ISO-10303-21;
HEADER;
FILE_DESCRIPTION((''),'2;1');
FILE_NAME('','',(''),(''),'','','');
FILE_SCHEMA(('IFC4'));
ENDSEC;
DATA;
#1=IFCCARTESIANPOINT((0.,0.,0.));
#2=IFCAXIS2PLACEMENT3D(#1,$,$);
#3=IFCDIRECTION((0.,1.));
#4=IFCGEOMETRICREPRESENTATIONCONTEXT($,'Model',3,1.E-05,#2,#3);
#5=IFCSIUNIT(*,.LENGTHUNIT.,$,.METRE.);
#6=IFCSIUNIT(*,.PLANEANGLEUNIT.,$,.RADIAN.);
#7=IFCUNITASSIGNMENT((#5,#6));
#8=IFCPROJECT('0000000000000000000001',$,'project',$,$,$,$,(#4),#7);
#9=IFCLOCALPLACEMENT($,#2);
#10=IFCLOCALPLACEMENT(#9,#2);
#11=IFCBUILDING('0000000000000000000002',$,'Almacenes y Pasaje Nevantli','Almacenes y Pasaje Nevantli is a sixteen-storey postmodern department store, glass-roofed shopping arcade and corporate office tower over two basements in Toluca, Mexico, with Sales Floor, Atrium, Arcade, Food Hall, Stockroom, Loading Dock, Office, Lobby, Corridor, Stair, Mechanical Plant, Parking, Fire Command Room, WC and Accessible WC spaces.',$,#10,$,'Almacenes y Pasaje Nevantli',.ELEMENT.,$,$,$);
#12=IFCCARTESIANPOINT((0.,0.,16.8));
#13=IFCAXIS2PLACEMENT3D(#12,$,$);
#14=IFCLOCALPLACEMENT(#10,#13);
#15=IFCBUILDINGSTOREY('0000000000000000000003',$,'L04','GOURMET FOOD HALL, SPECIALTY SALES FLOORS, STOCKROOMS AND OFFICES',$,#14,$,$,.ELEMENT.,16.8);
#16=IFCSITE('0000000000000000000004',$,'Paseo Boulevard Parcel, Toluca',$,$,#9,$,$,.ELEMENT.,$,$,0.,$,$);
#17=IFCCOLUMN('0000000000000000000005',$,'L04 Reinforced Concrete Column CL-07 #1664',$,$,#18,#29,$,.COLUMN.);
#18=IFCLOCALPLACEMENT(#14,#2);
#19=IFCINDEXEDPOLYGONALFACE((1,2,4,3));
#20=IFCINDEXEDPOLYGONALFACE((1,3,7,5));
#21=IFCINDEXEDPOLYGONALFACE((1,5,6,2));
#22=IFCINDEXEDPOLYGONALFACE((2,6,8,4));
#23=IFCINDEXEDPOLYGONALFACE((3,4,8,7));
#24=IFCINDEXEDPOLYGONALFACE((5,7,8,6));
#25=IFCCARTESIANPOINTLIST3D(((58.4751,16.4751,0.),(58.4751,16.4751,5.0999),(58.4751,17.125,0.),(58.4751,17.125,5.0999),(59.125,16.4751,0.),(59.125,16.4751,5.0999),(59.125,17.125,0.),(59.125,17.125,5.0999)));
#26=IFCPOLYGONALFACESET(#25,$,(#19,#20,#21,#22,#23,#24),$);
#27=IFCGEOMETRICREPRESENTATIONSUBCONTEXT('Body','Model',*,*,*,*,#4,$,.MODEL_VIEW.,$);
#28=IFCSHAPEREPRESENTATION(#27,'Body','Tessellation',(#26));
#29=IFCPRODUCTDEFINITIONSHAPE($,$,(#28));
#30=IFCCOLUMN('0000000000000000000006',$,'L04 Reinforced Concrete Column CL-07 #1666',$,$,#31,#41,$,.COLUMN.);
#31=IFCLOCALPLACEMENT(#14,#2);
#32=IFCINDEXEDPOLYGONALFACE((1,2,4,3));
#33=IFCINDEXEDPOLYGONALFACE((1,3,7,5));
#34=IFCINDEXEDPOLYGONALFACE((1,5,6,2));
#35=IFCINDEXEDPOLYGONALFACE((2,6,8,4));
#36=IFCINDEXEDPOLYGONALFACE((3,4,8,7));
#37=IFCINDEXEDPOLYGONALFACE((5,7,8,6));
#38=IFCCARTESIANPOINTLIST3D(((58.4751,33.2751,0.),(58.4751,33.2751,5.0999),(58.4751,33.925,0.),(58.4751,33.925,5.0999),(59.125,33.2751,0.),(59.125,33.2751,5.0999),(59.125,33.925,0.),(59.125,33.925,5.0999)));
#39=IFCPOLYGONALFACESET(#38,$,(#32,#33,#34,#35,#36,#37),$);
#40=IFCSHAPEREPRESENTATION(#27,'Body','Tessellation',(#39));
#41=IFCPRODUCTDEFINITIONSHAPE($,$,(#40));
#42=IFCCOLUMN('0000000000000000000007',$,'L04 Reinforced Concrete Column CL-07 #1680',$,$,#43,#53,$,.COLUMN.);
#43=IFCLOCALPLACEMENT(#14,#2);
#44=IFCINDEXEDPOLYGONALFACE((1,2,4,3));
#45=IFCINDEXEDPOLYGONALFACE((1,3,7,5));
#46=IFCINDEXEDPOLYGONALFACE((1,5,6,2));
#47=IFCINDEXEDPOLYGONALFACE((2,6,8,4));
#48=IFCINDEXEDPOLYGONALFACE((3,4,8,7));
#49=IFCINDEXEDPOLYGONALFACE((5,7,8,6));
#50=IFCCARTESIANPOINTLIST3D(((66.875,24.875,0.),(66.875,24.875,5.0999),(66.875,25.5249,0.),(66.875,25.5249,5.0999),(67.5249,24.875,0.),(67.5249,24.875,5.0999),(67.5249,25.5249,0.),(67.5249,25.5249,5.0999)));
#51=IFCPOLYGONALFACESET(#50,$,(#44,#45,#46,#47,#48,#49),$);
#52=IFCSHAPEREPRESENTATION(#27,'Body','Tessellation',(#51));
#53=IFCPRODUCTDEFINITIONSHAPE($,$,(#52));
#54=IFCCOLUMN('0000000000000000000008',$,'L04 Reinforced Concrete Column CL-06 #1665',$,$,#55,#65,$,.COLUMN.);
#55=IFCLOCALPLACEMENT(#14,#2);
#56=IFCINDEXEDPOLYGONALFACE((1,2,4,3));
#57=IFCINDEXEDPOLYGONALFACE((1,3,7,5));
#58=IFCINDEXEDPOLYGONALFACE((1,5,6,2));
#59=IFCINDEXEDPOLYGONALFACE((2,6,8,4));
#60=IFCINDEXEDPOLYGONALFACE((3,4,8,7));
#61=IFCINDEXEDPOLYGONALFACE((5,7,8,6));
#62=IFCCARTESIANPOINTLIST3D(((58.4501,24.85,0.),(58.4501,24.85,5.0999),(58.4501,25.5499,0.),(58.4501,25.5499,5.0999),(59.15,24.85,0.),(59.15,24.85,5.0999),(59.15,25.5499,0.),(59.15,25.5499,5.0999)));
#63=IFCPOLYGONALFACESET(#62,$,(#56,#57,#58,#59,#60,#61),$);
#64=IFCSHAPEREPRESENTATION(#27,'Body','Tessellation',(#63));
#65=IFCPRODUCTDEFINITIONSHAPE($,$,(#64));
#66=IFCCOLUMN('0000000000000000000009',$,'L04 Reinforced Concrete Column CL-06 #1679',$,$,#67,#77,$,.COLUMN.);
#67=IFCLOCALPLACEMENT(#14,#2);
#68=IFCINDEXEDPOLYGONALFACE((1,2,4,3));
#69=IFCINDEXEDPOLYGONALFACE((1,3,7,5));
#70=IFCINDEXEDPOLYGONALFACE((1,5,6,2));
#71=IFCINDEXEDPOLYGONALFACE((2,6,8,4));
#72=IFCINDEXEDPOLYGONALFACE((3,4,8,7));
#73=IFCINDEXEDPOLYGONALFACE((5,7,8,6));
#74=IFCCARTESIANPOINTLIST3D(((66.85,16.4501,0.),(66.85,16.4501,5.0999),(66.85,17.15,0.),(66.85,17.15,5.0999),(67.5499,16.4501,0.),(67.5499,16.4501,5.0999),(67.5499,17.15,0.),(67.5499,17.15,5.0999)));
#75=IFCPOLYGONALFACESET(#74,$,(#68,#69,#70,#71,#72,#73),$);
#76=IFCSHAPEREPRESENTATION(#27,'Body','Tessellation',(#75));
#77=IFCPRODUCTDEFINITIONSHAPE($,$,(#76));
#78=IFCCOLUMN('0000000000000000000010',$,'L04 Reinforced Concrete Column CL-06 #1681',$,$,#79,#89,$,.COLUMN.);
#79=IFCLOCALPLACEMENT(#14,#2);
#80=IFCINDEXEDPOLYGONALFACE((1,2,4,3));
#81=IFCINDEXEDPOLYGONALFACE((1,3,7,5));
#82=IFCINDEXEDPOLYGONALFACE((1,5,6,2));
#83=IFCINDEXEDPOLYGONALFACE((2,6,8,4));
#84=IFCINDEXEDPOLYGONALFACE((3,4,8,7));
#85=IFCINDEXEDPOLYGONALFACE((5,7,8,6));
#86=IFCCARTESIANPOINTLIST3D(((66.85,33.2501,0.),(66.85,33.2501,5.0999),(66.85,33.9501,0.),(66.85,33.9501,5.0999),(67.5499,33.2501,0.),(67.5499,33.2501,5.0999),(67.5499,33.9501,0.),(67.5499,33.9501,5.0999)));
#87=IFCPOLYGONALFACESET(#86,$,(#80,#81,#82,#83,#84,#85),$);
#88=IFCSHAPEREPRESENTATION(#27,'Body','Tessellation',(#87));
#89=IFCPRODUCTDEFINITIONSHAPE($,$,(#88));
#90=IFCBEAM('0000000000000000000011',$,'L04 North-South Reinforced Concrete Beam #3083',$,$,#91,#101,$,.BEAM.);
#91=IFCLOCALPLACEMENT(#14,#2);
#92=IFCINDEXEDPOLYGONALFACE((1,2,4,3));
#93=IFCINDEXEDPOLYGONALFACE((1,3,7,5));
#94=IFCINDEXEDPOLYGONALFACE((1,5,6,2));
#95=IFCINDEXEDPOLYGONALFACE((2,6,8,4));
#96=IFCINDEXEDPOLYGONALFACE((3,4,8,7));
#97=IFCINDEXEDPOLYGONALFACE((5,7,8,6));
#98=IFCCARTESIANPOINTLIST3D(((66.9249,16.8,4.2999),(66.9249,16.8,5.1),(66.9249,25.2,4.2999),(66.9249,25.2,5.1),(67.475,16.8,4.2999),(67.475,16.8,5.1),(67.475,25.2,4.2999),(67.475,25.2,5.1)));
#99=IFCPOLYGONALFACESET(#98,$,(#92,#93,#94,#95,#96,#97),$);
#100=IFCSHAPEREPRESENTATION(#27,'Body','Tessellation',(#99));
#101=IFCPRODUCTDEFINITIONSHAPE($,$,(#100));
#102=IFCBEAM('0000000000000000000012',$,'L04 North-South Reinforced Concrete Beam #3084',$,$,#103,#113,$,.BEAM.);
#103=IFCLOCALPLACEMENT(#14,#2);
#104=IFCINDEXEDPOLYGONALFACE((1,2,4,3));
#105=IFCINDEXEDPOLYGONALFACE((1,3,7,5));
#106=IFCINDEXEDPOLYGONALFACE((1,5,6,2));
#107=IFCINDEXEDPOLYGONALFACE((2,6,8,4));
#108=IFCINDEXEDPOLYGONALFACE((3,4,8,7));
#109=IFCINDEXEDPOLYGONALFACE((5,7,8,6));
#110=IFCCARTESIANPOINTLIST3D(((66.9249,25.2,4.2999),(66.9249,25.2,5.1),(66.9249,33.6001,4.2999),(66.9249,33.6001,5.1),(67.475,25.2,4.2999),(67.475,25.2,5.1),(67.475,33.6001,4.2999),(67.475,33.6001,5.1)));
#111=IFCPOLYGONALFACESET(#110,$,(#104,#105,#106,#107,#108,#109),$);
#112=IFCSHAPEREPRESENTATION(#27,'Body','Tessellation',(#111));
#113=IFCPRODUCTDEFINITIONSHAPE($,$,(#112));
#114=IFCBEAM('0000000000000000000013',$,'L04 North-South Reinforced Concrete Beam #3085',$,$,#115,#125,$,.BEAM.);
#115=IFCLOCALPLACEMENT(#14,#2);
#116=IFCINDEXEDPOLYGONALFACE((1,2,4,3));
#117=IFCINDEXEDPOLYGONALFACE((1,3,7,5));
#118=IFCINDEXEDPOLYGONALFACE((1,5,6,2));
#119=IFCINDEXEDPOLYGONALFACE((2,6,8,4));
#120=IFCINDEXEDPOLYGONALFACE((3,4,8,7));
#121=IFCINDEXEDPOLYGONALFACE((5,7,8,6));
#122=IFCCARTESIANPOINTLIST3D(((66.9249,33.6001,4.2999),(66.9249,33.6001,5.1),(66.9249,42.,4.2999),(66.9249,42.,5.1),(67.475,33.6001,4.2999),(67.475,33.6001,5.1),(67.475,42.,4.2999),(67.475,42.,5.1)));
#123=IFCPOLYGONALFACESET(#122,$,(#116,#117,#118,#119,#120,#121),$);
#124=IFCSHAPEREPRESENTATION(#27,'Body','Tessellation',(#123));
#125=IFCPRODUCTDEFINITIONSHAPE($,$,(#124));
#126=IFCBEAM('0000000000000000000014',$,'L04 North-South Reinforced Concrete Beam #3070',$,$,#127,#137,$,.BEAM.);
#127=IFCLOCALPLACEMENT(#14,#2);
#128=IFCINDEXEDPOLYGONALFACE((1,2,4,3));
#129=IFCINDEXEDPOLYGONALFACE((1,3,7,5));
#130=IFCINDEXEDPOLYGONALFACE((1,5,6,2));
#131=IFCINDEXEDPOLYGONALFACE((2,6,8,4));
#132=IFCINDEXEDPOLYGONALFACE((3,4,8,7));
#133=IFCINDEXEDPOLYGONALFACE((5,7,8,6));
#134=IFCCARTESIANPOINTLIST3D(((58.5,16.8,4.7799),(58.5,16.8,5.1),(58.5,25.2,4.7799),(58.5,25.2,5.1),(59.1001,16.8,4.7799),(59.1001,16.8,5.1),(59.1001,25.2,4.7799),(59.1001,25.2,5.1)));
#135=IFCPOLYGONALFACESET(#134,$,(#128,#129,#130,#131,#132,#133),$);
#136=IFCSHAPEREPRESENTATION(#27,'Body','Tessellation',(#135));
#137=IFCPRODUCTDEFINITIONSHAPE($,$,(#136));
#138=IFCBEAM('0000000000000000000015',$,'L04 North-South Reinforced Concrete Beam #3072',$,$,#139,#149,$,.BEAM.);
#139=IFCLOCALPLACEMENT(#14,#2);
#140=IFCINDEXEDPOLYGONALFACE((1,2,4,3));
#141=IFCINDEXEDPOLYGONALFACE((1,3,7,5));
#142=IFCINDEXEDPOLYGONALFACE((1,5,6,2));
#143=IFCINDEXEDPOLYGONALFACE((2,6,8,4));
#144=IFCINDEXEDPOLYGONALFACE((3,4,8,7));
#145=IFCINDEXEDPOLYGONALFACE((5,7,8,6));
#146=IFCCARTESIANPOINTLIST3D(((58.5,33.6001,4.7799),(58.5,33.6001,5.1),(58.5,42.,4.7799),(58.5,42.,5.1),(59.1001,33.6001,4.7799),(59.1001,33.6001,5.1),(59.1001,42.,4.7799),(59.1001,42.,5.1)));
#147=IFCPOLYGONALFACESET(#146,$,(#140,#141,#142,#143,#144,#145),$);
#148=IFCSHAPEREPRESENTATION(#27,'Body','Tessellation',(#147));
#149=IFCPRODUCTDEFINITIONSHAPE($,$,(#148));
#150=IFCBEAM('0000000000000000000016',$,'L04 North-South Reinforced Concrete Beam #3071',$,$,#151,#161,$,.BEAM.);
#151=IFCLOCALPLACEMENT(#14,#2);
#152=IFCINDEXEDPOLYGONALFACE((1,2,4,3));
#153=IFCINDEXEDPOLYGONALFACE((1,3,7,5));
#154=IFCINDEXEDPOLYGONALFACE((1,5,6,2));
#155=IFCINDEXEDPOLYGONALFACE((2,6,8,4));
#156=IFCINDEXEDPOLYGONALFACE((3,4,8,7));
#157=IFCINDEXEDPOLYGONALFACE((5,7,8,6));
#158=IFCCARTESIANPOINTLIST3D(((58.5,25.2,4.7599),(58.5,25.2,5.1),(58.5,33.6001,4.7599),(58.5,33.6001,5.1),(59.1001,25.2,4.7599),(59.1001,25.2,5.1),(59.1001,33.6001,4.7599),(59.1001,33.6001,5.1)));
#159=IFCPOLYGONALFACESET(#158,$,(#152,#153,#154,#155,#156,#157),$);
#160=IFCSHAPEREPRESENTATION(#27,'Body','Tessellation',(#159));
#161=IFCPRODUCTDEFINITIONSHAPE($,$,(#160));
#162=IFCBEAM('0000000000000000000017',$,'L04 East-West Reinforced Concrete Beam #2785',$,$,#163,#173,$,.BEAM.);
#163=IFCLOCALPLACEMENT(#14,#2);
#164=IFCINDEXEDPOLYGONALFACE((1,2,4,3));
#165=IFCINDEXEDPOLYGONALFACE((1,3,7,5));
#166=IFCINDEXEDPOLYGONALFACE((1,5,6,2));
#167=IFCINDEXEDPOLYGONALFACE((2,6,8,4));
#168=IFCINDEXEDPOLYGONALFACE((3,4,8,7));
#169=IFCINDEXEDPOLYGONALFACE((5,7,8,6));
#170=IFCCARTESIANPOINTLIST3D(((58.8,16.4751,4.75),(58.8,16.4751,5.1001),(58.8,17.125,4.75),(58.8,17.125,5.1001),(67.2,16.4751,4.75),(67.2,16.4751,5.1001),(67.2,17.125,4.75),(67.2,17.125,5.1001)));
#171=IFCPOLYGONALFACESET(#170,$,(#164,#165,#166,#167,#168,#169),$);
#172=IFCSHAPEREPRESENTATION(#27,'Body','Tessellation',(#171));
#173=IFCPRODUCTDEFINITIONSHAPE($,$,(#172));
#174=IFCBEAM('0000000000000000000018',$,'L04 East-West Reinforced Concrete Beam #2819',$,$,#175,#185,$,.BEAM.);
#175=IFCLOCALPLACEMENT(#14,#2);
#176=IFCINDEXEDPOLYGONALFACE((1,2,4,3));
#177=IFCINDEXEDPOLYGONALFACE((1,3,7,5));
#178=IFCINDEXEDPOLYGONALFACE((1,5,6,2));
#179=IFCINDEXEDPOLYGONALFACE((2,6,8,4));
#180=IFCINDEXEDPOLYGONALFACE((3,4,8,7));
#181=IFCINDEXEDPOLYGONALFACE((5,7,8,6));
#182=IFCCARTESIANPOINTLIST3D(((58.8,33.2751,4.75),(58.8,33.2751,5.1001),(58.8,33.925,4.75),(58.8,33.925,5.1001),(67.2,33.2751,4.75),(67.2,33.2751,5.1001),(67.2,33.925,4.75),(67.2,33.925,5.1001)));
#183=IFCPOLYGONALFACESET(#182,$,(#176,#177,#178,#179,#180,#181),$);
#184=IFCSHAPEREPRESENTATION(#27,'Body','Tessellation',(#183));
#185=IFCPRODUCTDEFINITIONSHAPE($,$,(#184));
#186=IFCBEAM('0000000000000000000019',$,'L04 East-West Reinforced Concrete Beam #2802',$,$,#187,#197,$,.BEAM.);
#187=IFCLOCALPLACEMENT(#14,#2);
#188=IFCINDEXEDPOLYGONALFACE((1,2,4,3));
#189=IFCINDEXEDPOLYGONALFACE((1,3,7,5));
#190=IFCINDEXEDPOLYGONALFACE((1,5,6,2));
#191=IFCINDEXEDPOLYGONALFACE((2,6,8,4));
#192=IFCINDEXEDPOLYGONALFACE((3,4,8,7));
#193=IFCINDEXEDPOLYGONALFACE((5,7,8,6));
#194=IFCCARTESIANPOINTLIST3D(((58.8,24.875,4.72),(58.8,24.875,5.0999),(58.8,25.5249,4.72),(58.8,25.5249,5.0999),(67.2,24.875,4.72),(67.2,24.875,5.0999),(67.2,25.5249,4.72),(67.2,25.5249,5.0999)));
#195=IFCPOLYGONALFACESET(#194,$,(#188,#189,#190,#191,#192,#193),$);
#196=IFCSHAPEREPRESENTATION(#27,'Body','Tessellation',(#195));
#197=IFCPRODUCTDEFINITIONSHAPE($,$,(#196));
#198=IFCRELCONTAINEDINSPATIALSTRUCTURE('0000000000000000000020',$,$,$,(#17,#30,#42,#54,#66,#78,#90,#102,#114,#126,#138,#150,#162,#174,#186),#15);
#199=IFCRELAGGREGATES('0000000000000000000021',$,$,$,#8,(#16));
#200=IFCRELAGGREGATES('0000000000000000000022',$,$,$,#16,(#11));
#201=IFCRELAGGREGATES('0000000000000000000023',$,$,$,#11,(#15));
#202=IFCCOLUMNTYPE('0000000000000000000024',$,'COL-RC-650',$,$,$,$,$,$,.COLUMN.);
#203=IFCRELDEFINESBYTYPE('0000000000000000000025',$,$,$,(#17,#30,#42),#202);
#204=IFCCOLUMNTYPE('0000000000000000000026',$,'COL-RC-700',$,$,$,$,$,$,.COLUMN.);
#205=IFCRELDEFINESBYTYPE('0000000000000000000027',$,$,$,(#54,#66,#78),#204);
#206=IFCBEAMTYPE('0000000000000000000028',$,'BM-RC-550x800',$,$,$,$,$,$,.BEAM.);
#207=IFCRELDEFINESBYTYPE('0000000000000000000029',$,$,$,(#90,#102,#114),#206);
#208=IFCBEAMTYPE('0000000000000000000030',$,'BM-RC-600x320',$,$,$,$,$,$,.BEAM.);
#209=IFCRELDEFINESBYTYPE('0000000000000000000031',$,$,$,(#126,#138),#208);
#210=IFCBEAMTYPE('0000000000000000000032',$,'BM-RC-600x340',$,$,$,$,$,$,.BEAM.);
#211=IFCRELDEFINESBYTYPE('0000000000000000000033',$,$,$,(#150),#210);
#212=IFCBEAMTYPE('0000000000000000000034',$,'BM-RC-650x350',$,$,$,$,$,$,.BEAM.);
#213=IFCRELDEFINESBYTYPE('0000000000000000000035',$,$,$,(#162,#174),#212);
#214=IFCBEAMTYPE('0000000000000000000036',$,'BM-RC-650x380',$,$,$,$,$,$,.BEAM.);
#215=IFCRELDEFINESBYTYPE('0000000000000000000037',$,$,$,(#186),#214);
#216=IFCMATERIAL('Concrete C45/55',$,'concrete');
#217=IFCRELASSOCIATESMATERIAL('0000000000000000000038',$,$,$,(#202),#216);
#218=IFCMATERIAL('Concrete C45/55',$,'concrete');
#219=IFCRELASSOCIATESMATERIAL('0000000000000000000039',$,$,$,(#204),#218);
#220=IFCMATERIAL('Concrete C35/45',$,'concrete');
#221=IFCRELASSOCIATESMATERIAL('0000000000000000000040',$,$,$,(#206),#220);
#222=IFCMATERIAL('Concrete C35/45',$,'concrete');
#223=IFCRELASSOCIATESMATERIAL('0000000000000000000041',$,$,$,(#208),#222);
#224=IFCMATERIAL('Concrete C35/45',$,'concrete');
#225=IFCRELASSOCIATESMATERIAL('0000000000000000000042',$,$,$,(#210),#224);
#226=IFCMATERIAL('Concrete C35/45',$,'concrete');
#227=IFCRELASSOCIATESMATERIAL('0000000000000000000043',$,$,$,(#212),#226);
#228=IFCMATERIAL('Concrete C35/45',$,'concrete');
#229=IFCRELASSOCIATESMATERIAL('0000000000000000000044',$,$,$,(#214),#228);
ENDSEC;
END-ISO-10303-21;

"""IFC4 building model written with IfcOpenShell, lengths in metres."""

from ifc_helpers import new_model, si_unit, direction, frame, origin, origin_2d, place, context, subcontext, project, spatial, rectangle, extrude, material, material_profile, profile_set, type_object, element, save


model = new_model("IFC4")

# Units and contexts
model_context = context("Model", 3, precision=1e-05, world=origin(), true_north=direction((0.0, 1.0)))
body_context = subcontext(model_context, "Body", "Model", "MODEL_VIEW")
ifc_project = project(units=[si_unit("LENGTHUNIT", "METRE"), si_unit("PLANEANGLEUNIT", "RADIAN")], contexts=[model_context])

# Site, building, storey
site_placement = place(None, origin())
site = spatial("IfcSite", under=ifc_project, at=site_placement, Name="Paseo Boulevard Parcel, Toluca", CompositionType="ELEMENT", RefElevation=0.0)
building_placement = place(site_placement, origin())
building = spatial("IfcBuilding", under=site, at=building_placement, Name="Almacenes y Pasaje Nevantli", Description="Almacenes y Pasaje Nevantli is a sixteen-storey postmodern department store, glass-roofed shopping arcade and corporate office tower over two basements in Toluca, Mexico, with Sales Floor, Atrium, Arcade, Food Hall, Stockroom, Loading Dock, Office, Lobby, Corridor, Stair, Mechanical Plant, Parking, Fire Command Room, WC and Accessible WC spaces.", LongName="Almacenes y Pasaje Nevantli", CompositionType="ELEMENT")
storey_placement = place(building_placement, frame((0.0, 0.0, 16.8)))
storey = spatial("IfcBuildingStorey", under=building, at=storey_placement, Name="L04", Description="GOURMET FOOD HALL, SPECIALTY SALES FLOORS, STOCKROOMS AND OFFICES", CompositionType="ELEMENT", Elevation=16.8)

# Columns
ifc_material_1 = material(Name="Concrete C45/55", Category="concrete")
ifc_material_profile_1 = material_profile(ifc_material_1, rectangle(XDim=0.6499, YDim=0.6499, at=origin_2d()), Name="RC-COL-650x650")
ifc_profile_set_1 = profile_set([ifc_material_profile_1], Name="Concrete C45/55")
column_type_1 = type_object("IfcColumnType", Name="COL-RC-650", PredefinedType="COLUMN", material=ifc_profile_set_1)
for number, where, z_axis, x_axis, name in (
    (1, (58.8, 16.8, 0.0), (0.0, 0.0, 1.0), (1.0, 0.0, 0.0), "L04 Reinforced Concrete Column CL-07 #1664"),
    (2, (58.8, 33.6001, 0.0), (0.0, 0.0, 1.0), (1.0, 0.0, 0.0), "L04 Reinforced Concrete Column CL-07 #1666"),
    (3, (67.2, 25.2, 0.0), (0.0, 0.0, 1.0), (1.0, 0.0, 0.0), "L04 Reinforced Concrete Column CL-07 #1680"),
):
    element("IfcColumn", number, at=place(storey_placement, frame(where, z_axis=z_axis, x_axis=x_axis)), inside=storey, type_object=column_type_1, Name=name, PredefinedType="COLUMN", context=body_context, shape_type="SweptSolid", body=[
        extrude(rectangle(XDim=0.6499, YDim=0.6499, at=origin_2d()), origin(), (0.0, 0.0, 1.0), 5.0999),
    ])
ifc_material_2 = material(Name="Concrete C45/55", Category="concrete")
ifc_material_profile_2 = material_profile(ifc_material_2, rectangle(XDim=0.7, YDim=0.7, at=origin_2d()), Name="RC-COL-700x700")
ifc_profile_set_2 = profile_set([ifc_material_profile_2], Name="Concrete C45/55")
column_type_2 = type_object("IfcColumnType", Name="COL-RC-700", PredefinedType="COLUMN", material=ifc_profile_set_2)
for number, where, z_axis, x_axis, name in (
    (4, (58.8, 25.2, 0.0), (0.0, 0.0, 1.0), (1.0, 0.0, 0.0), "L04 Reinforced Concrete Column CL-06 #1665"),
    (5, (67.2, 16.8, 0.0), (0.0, 0.0, 1.0), (1.0, 0.0, 0.0), "L04 Reinforced Concrete Column CL-06 #1679"),
    (6, (67.2, 33.6001, 0.0), (0.0, 0.0, 1.0), (1.0, 0.0, 0.0), "L04 Reinforced Concrete Column CL-06 #1681"),
):
    element("IfcColumn", number, at=place(storey_placement, frame(where, z_axis=z_axis, x_axis=x_axis)), inside=storey, type_object=column_type_2, Name=name, PredefinedType="COLUMN", context=body_context, shape_type="SweptSolid", body=[
        extrude(rectangle(XDim=0.7, YDim=0.7, at=origin_2d()), origin(), (0.0, 0.0, 1.0), 5.0999),
    ])

# Beams
ifc_material_3 = material(Name="Concrete C35/45", Category="concrete")
ifc_material_profile_3 = material_profile(ifc_material_3, rectangle(XDim=0.55, YDim=0.8, at=origin_2d()), Name="RC-BM-550x800")
ifc_profile_set_3 = profile_set([ifc_material_profile_3], Name="Concrete C35/45")
beam_type_1 = type_object("IfcBeamType", Name="BM-RC-550x800", PredefinedType="BEAM", material=ifc_profile_set_3)
beam_1_placement = place(storey_placement, frame((67.2, 16.8, 4.7), z_axis=(0.0, 1.0, 0.0), x_axis=(-1.0, 0.0, 0.0)))
element("IfcBeam", 7, at=beam_1_placement, inside=storey, type_object=beam_type_1, Name="L04 North-South Reinforced Concrete Beam #3083", PredefinedType="BEAM", context=body_context, shape_type="SweptSolid", body=[
    extrude(rectangle(XDim=0.55, YDim=0.8, at=origin_2d()), origin(), (0.0, 0.0, 1.0), 8.3999),
])
beam_2_placement = place(storey_placement, frame((67.2, 25.2, 4.7), z_axis=(0.0, 1.0, 0.0), x_axis=(-1.0, 0.0, 0.0)))
element("IfcBeam", 8, at=beam_2_placement, inside=storey, type_object=beam_type_1, Name="L04 North-South Reinforced Concrete Beam #3084", PredefinedType="BEAM", context=body_context, shape_type="SweptSolid", body=[
    extrude(rectangle(XDim=0.55, YDim=0.8, at=origin_2d()), origin(), (0.0, 0.0, 1.0), 8.4001),
])
beam_3_placement = place(storey_placement, frame((67.2, 33.6001, 4.7), z_axis=(0.0, 1.0, 0.0), x_axis=(-1.0, 0.0, 0.0)))
element("IfcBeam", 9, at=beam_3_placement, inside=storey, type_object=beam_type_1, Name="L04 North-South Reinforced Concrete Beam #3085", PredefinedType="BEAM", context=body_context, shape_type="SweptSolid", body=[
    extrude(rectangle(XDim=0.55, YDim=0.8, at=origin_2d()), origin(), (0.0, 0.0, 1.0), 8.3999),
])
ifc_material_4 = material(Name="Concrete C35/45", Category="concrete")
ifc_material_profile_4 = material_profile(ifc_material_4, rectangle(XDim=0.6001, YDim=0.3201, at=origin_2d()), Name="RC-BM-600x320")
ifc_profile_set_4 = profile_set([ifc_material_profile_4], Name="Concrete C35/45")
beam_type_2 = type_object("IfcBeamType", Name="BM-RC-600x320", PredefinedType="BEAM", material=ifc_profile_set_4)
for number, where, z_axis, x_axis, name in (
    (10, (58.8, 16.8, 4.9399), (0.0, 1.0, 0.0), (-1.0, 0.0, 0.0), "L04 North-South Reinforced Concrete Beam #3070"),
    (11, (58.8, 33.6001, 4.9399), (0.0, 1.0, 0.0), (-1.0, 0.0, 0.0), "L04 North-South Reinforced Concrete Beam #3072"),
):
    element("IfcBeam", number, at=place(storey_placement, frame(where, z_axis=z_axis, x_axis=x_axis)), inside=storey, type_object=beam_type_2, Name=name, PredefinedType="BEAM", context=body_context, shape_type="SweptSolid", body=[
        extrude(rectangle(XDim=0.6001, YDim=0.3201, at=origin_2d()), origin(), (0.0, 0.0, 1.0), 8.3999),
    ])
ifc_material_5 = material(Name="Concrete C35/45", Category="concrete")
ifc_material_profile_5 = material_profile(ifc_material_5, rectangle(XDim=0.6001, YDim=0.3401, at=origin_2d()), Name="RC-BM-600x340")
ifc_profile_set_5 = profile_set([ifc_material_profile_5], Name="Concrete C35/45")
beam_type_3 = type_object("IfcBeamType", Name="BM-RC-600x340", PredefinedType="BEAM", material=ifc_profile_set_5)
beam_4_placement = place(storey_placement, frame((58.8, 25.2, 4.9299), z_axis=(0.0, 1.0, 0.0), x_axis=(-1.0, 0.0, 0.0)))
element("IfcBeam", 12, at=beam_4_placement, inside=storey, type_object=beam_type_3, Name="L04 North-South Reinforced Concrete Beam #3071", PredefinedType="BEAM", context=body_context, shape_type="SweptSolid", body=[
    extrude(rectangle(XDim=0.6001, YDim=0.3401, at=origin_2d()), origin(), (0.0, 0.0, 1.0), 8.4001),
])
ifc_material_6 = material(Name="Concrete C35/45", Category="concrete")
ifc_material_profile_6 = material_profile(ifc_material_6, rectangle(XDim=0.6499, YDim=0.3501, at=origin_2d()), Name="RC-BM-650x350")
ifc_profile_set_6 = profile_set([ifc_material_profile_6], Name="Concrete C35/45")
beam_type_4 = type_object("IfcBeamType", Name="BM-RC-650x350", PredefinedType="BEAM", material=ifc_profile_set_6)
for number, where, z_axis, x_axis, name in (
    (13, (58.8, 16.8, 4.925), (1.0, 0.0, 0.0), (0.0, 1.0, 0.0), "L04 East-West Reinforced Concrete Beam #2785"),
    (14, (58.8, 33.6001, 4.925), (1.0, 0.0, 0.0), (0.0, 1.0, 0.0), "L04 East-West Reinforced Concrete Beam #2819"),
):
    element("IfcBeam", number, at=place(storey_placement, frame(where, z_axis=z_axis, x_axis=x_axis)), inside=storey, type_object=beam_type_4, Name=name, PredefinedType="BEAM", context=body_context, shape_type="SweptSolid", body=[
        extrude(rectangle(XDim=0.6499, YDim=0.3501, at=origin_2d()), origin(), (0.0, 0.0, 1.0), 8.3999),
    ])
ifc_material_7 = material(Name="Concrete C35/45", Category="concrete")
ifc_material_profile_7 = material_profile(ifc_material_7, rectangle(XDim=0.6499, YDim=0.3799, at=origin_2d()), Name="RC-BM-650x380")
ifc_profile_set_7 = profile_set([ifc_material_profile_7], Name="Concrete C35/45")
beam_type_5 = type_object("IfcBeamType", Name="BM-RC-650x380", PredefinedType="BEAM", material=ifc_profile_set_7)
beam_5_placement = place(storey_placement, frame((58.8, 25.2, 4.9099), z_axis=(1.0, 0.0, 0.0), x_axis=(0.0, 1.0, 0.0)))
element("IfcBeam", 15, at=beam_5_placement, inside=storey, type_object=beam_type_5, Name="L04 East-West Reinforced Concrete Beam #2802", PredefinedType="BEAM", context=body_context, shape_type="SweptSolid", body=[
    extrude(rectangle(XDim=0.6499, YDim=0.3799, at=origin_2d()), origin(), (0.0, 0.0, 1.0), 8.3999),
])

save(model, "model.ifc")
